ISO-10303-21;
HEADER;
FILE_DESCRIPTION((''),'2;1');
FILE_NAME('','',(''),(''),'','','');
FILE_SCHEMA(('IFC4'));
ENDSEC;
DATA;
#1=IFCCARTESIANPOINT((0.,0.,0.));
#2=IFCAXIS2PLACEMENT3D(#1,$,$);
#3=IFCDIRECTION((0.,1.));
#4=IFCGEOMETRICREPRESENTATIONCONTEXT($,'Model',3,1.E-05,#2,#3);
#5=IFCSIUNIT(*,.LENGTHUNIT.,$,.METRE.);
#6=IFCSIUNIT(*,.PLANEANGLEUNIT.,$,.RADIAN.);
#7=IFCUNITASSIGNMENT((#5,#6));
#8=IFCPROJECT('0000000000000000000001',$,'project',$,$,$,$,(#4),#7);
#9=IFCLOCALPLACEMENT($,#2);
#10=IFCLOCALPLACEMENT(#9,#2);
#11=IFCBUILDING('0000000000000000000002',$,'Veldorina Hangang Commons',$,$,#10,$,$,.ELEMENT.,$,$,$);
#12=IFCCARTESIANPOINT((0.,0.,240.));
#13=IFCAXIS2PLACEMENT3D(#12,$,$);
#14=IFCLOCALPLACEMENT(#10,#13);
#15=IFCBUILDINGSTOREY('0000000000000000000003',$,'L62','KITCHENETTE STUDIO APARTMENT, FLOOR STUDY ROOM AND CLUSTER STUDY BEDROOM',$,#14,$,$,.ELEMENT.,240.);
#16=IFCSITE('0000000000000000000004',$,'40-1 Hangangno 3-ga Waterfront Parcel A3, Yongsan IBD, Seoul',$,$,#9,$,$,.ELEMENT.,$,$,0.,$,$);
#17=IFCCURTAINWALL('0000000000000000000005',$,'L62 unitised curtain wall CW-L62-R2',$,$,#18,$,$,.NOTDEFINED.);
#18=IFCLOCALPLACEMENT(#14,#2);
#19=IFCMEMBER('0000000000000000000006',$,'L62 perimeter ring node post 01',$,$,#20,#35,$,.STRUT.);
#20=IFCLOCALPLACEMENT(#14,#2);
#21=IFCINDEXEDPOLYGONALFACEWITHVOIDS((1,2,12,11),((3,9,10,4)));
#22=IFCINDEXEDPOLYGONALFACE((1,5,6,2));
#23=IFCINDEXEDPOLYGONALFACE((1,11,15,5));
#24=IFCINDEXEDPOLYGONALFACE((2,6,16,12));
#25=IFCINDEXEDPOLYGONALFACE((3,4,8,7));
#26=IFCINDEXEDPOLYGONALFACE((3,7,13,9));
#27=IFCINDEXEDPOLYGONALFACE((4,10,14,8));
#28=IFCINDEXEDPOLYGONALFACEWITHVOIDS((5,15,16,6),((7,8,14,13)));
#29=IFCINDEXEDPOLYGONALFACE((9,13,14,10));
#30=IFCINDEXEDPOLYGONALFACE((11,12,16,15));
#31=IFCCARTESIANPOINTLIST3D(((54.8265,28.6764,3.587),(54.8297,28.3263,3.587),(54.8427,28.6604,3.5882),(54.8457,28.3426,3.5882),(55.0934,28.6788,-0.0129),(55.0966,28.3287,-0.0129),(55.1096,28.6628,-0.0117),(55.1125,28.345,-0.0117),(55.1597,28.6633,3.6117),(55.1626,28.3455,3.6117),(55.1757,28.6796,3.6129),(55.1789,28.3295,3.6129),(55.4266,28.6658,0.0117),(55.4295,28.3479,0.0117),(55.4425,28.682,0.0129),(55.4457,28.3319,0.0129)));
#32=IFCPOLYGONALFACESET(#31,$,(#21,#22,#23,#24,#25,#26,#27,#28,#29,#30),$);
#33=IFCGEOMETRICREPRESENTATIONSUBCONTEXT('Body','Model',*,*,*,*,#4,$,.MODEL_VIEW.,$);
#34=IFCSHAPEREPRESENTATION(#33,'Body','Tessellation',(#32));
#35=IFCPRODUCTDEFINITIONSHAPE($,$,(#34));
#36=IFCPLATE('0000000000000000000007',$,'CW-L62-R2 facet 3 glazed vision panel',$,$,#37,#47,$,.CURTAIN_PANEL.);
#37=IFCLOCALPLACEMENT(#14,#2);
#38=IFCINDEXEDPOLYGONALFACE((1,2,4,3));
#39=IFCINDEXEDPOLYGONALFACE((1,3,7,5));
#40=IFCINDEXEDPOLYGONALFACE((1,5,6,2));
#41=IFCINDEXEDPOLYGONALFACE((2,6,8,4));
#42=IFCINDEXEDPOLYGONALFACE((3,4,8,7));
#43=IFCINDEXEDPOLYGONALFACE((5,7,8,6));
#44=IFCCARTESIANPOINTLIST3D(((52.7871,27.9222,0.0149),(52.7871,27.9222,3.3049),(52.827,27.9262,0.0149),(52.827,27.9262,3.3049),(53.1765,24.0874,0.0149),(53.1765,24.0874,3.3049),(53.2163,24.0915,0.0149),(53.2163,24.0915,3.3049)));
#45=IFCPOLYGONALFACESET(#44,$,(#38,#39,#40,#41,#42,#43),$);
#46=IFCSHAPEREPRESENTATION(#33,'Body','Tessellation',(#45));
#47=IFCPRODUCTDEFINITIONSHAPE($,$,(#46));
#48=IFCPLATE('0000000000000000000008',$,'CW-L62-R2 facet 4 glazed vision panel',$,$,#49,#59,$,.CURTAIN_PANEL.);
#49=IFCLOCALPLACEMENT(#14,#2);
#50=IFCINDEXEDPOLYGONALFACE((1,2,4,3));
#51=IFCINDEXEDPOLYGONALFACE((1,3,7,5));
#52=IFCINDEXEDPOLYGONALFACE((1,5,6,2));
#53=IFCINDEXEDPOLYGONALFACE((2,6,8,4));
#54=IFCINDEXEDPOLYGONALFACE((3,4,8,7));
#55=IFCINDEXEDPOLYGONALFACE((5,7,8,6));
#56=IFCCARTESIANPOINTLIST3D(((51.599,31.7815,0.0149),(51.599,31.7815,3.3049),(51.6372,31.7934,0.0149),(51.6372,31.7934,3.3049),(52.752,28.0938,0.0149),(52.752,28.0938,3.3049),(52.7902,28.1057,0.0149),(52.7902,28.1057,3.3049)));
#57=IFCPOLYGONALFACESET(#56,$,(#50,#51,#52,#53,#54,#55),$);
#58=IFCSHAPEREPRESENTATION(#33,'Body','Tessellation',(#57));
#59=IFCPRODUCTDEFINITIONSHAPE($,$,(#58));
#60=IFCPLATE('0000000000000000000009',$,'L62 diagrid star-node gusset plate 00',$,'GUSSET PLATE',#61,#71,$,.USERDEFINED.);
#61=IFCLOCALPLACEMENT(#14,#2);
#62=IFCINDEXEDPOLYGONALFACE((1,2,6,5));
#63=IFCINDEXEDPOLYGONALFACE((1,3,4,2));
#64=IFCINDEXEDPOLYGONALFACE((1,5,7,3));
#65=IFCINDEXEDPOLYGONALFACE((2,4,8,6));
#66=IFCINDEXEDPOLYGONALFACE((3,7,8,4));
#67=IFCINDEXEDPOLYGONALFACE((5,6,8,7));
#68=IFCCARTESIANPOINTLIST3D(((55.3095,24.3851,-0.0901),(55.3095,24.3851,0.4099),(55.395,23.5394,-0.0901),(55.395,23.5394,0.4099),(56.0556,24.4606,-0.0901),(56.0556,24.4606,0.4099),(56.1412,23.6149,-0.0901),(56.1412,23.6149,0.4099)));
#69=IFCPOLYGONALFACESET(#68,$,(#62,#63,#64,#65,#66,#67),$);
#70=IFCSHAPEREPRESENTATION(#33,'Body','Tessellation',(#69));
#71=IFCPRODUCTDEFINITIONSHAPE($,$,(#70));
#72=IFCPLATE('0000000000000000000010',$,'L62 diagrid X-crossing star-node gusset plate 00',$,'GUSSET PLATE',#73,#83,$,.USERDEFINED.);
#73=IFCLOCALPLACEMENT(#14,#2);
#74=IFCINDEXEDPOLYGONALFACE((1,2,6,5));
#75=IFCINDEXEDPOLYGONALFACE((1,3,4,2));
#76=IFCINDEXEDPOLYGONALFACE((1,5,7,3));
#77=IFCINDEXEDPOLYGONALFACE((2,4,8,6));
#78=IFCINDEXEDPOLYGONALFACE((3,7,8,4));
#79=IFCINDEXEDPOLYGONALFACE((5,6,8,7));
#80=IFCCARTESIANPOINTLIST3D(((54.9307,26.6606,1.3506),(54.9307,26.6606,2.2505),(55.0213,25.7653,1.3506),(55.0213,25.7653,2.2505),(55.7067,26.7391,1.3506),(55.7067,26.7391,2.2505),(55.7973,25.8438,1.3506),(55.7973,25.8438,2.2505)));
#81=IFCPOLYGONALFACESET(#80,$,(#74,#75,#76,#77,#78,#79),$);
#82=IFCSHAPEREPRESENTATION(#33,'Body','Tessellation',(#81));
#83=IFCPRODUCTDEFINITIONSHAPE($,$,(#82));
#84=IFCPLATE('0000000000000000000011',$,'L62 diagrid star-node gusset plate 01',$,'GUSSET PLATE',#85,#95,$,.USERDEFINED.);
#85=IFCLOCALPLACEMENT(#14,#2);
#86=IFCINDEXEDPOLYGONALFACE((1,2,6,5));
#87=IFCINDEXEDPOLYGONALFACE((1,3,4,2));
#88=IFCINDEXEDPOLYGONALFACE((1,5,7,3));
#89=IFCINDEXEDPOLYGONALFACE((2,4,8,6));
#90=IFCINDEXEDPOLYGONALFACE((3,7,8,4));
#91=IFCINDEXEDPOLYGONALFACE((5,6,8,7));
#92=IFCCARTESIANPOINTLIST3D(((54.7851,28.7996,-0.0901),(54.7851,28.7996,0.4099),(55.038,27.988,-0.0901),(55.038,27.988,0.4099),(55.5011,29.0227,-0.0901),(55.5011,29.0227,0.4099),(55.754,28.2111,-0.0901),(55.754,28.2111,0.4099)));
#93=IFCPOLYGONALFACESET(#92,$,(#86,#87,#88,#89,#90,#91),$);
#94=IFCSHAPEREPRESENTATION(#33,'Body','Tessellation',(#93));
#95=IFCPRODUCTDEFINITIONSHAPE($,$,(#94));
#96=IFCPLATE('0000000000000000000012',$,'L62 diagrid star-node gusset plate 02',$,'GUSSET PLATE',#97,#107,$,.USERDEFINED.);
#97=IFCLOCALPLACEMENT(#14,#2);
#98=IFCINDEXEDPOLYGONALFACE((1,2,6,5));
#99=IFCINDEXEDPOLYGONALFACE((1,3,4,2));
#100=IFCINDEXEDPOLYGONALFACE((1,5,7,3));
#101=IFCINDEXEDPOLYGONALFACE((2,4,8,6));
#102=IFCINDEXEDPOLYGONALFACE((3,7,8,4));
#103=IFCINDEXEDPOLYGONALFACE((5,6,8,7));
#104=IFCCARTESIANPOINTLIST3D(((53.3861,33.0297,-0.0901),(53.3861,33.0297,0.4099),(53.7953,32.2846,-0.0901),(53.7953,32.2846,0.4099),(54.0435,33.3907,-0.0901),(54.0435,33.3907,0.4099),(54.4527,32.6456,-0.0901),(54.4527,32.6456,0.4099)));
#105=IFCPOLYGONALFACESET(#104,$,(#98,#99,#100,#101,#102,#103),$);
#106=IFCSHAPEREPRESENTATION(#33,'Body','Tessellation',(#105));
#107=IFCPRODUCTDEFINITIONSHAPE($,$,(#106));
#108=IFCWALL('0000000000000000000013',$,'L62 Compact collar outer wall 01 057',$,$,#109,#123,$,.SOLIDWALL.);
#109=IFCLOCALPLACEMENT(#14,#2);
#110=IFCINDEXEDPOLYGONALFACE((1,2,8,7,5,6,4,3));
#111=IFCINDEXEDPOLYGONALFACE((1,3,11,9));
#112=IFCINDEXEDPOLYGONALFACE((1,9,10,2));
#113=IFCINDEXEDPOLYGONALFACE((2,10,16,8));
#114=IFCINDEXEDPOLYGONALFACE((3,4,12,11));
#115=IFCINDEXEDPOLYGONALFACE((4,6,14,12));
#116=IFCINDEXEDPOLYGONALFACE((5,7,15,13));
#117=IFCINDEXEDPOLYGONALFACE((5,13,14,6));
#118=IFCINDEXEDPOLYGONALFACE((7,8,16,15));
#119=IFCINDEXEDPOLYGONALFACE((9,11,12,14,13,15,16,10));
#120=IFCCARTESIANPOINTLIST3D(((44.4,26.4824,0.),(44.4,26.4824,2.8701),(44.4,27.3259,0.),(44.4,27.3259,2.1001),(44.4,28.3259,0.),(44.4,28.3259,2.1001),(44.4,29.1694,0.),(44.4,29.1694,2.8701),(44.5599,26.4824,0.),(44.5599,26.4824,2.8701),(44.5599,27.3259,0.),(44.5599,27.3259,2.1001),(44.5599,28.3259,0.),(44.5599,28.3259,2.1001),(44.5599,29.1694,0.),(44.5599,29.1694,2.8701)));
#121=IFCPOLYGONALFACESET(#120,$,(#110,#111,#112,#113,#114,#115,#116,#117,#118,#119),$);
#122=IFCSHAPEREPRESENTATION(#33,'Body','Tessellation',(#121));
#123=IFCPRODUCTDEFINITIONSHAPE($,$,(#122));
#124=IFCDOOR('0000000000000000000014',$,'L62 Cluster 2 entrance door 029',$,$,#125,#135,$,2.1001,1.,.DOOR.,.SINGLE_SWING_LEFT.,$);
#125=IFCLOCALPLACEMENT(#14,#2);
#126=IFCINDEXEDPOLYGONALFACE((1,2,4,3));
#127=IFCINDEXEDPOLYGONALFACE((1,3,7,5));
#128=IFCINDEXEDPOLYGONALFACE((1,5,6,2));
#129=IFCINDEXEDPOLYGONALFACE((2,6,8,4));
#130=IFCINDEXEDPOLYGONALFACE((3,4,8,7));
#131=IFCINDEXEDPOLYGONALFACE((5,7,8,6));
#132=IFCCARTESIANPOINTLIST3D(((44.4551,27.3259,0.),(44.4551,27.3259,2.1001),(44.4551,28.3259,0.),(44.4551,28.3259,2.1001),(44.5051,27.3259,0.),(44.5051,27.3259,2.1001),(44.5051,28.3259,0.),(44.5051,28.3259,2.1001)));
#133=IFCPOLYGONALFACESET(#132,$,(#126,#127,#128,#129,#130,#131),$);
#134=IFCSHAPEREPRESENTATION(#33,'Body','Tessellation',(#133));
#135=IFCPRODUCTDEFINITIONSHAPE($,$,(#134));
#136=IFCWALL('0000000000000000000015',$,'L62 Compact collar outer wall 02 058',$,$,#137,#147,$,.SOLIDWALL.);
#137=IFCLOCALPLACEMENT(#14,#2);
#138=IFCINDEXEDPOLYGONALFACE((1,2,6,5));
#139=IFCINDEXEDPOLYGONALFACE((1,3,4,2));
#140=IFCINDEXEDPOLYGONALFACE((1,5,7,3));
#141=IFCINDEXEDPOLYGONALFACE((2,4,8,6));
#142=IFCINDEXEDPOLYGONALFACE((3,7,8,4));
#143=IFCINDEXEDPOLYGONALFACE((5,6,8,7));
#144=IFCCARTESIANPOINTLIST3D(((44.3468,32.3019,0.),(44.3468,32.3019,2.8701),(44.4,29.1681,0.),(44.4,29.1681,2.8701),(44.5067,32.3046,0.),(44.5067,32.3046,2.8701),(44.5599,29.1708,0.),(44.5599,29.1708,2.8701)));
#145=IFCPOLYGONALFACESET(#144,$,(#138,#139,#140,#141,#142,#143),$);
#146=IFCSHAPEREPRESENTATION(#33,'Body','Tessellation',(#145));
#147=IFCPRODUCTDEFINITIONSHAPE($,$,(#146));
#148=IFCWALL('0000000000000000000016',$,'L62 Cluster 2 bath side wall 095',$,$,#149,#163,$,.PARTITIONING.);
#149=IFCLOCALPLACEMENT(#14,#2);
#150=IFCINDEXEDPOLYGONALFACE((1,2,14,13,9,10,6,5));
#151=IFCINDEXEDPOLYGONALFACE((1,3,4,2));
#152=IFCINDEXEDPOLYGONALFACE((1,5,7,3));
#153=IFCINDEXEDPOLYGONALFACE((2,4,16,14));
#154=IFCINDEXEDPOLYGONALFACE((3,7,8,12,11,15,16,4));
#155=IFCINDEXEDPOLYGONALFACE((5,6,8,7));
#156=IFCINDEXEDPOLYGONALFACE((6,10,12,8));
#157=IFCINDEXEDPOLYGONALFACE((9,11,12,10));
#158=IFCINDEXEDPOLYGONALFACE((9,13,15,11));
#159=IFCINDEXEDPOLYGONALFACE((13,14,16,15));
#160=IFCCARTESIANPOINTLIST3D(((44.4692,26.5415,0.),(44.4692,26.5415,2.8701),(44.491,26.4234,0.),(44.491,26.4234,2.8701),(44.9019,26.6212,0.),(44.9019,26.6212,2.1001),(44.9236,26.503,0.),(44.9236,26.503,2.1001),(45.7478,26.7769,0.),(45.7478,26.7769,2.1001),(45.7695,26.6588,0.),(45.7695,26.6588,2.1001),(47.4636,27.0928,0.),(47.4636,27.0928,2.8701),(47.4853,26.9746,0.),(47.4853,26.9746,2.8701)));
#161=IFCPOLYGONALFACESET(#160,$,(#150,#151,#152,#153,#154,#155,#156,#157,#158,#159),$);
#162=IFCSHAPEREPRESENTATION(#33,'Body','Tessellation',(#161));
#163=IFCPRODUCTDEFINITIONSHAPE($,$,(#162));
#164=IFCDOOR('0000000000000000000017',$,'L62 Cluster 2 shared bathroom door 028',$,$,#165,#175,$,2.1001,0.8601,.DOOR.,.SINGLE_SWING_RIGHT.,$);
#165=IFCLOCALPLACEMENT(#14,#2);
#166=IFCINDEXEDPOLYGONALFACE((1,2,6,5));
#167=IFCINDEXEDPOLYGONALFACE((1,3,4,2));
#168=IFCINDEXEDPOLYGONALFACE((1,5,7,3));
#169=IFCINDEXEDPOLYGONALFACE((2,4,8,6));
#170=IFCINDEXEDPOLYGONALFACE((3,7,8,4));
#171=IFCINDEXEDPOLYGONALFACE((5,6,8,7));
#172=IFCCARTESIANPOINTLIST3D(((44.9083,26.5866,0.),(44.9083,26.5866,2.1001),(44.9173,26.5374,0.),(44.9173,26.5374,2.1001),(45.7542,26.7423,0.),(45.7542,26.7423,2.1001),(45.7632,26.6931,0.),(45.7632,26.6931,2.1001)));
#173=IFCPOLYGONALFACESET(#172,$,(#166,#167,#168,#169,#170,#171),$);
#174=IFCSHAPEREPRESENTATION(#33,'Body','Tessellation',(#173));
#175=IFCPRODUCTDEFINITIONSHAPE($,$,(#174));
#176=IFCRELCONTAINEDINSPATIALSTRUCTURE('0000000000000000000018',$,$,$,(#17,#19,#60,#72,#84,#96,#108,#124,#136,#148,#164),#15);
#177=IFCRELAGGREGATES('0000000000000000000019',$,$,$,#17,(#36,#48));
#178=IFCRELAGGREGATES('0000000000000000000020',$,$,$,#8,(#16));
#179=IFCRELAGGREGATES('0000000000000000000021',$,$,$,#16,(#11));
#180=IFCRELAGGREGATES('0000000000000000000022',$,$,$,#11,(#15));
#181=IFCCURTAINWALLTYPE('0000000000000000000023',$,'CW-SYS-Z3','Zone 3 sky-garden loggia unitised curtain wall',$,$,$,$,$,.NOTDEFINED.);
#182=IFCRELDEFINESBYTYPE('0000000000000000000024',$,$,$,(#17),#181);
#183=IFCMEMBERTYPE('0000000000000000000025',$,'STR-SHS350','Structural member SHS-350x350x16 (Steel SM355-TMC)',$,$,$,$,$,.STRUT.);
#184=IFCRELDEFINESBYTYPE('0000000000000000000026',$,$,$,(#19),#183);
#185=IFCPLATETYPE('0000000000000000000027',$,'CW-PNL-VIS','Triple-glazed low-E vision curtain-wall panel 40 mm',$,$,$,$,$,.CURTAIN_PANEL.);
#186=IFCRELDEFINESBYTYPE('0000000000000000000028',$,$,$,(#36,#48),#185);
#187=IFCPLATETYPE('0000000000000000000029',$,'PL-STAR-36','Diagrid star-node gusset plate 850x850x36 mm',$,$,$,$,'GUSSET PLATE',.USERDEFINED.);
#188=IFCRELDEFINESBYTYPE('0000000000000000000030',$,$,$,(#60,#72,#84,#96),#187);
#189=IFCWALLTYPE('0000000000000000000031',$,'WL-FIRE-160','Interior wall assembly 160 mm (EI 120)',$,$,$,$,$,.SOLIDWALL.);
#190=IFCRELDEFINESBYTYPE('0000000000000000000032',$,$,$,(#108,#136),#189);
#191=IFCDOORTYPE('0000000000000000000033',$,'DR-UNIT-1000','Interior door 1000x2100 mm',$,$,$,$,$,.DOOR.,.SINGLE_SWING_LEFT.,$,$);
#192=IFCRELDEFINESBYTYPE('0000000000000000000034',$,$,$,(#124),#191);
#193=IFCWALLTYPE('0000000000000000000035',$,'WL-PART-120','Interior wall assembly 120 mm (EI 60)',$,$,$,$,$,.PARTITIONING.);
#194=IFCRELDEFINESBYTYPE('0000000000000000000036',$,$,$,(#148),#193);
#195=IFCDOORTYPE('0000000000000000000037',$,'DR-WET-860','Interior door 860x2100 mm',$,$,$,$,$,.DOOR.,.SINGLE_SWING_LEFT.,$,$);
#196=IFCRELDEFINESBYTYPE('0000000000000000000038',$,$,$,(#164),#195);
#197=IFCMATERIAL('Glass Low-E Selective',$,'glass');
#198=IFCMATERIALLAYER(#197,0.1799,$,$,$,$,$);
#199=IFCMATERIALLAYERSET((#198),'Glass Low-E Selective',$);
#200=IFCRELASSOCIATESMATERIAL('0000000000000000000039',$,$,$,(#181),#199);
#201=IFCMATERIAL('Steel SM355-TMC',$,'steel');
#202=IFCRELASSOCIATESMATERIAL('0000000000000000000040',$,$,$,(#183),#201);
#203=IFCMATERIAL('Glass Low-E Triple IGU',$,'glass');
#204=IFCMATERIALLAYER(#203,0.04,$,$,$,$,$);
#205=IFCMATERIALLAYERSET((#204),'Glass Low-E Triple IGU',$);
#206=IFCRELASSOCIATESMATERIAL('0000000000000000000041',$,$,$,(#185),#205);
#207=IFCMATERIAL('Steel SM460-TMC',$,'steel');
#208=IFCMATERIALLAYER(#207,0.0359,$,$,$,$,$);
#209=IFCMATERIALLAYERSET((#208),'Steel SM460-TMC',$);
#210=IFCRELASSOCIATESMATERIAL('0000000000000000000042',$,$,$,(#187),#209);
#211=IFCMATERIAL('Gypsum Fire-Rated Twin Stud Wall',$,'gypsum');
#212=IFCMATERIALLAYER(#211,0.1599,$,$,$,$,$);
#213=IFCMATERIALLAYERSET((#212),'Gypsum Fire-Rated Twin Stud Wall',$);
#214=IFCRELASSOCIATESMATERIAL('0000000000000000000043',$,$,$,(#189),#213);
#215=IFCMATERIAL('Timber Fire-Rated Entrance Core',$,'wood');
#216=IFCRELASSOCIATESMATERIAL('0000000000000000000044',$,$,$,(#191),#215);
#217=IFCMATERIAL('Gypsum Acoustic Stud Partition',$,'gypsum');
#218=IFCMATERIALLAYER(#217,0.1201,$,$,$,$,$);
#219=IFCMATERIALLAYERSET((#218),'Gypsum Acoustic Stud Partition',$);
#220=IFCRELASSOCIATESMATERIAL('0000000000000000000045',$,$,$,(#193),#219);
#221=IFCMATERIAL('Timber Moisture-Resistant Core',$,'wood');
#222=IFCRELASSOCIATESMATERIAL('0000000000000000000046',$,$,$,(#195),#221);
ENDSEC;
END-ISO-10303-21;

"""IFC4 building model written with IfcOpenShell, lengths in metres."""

from ifc_helpers import new_model, si_unit, direction, frame, frame_2d, origin, origin_2d, place, context, subcontext, project, spatial, rectangle, hollow_rectangle, extrude, material, layer, layer_set, material_profile, profile_set, type_object, element, fill, aggregate, save


model = new_model("IFC4")

# Units and contexts
model_context = context("Model", 3, precision=1e-05, world=origin(), true_north=direction((0.0, 1.0)))
body_context = subcontext(model_context, "Body", "Model", "MODEL_VIEW")
ifc_project = project(units=[si_unit("LENGTHUNIT", "METRE"), si_unit("PLANEANGLEUNIT", "RADIAN")], contexts=[model_context])

# Site, building, storey
site_placement = place(None, origin())
site = spatial("IfcSite", under=ifc_project, at=site_placement, Name="40-1 Hangangno 3-ga Waterfront Parcel A3, Yongsan IBD, Seoul", CompositionType="ELEMENT", RefElevation=0.0)
building_placement = place(site_placement, origin())
building = spatial("IfcBuilding", under=site, at=building_placement, Name="Veldorina Hangang Commons", CompositionType="ELEMENT")
storey_placement = place(building_placement, frame((0.0, 0.0, 240.0)))
storey = spatial("IfcBuildingStorey", under=building, at=storey_placement, Name="L62", Description="KITCHENETTE STUDIO APARTMENT, FLOOR STUDY ROOM AND CLUSTER STUDY BEDROOM", CompositionType="ELEMENT", Elevation=240.0)

# Shared definitions
ifc_material_1 = material(Name="Steel SM355-TMC", Category="steel")

# Curtain wall
ifc_material_2 = material(Name="Glass Low-E Selective", Category="glass")
ifc_layer_1 = layer(ifc_material_2, 0.1799)
ifc_layer_set_1 = layer_set([ifc_layer_1], Name="Glass Low-E Selective")
curtain_wall_type = type_object("IfcCurtainWallType", Name="CW-SYS-Z3", Description="Zone 3 sky-garden loggia unitised curtain wall", PredefinedType="NOTDEFINED", material=ifc_layer_set_1)
curtain_wall_placement = place(storey_placement, origin())
curtain_wall = element("IfcCurtainWall", 1, at=curtain_wall_placement, inside=storey, type_object=curtain_wall_type, Name="L62 unitised curtain wall CW-L62-R2", PredefinedType="NOTDEFINED")

# Member
ifc_material_profile_1 = material_profile(ifc_material_1, hollow_rectangle(XDim=0.3501, YDim=0.3501, WallThickness=0.0161, at=origin_2d()), Name="SHS-350x350x16")
ifc_profile_set_1 = profile_set([ifc_material_profile_1], Name="Steel SM355-TMC")
member_type_1 = type_object("IfcMemberType", Name="STR-SHS350", Description="Structural member SHS-350x350x16 (Steel SM355-TMC)", PredefinedType="STRUT", material=ifc_profile_set_1)
member_1_placement = place(storey_placement, frame((55.2695, 28.5054, 0.0), z_axis=(-0.073919, -0.000676, 0.997264), x_axis=(0.009149, -0.999958, 0.0)))
element("IfcMember", 2, at=member_1_placement, inside=storey, type_object=member_type_1, Name="L62 perimeter ring node post 01", PredefinedType="STRUT", context=body_context, shape_type="SweptSolid", body=[
    extrude(hollow_rectangle(XDim=0.3501, YDim=0.3501, WallThickness=0.0161, at=origin_2d()), origin(), (0.0, 0.0, 1.0), 3.6099),
])

# Plates
ifc_material_3 = material(Name="Glass Low-E Triple IGU", Category="glass")
ifc_layer_2 = layer(ifc_material_3, 0.04)
ifc_layer_set_2 = layer_set([ifc_layer_2], Name="Glass Low-E Triple IGU")
plate_type_1 = type_object("IfcPlateType", Name="CW-PNL-VIS", Description="Triple-glazed low-E vision curtain-wall panel 40 mm", PredefinedType="CURTAIN_PANEL", material=ifc_layer_set_2)
plate_1_placement = place(storey_placement, frame((53.0017, 26.0068, 0.0149), z_axis=(0.0, 0.0, 1.0), x_axis=(-0.101004, 0.994886, 0.0)))
plate_1 = element("IfcPlate", 3, at=plate_1_placement, type_object=plate_type_1, Name="CW-L62-R2 facet 3 glazed vision panel", PredefinedType="CURTAIN_PANEL", context=body_context, shape_type="SweptSolid", body=[
    extrude(rectangle(XDim=3.8545, YDim=0.04, at=origin_2d()), origin(), (0.0, 0.0, 1.0), 3.29),
])
plate_2_placement = place(storey_placement, frame((52.1946, 29.9436, 0.0149), z_axis=(0.0, 0.0, 1.0), x_axis=(-0.298408, 0.954438, 0.0)))
plate_2 = element("IfcPlate", 4, at=plate_2_placement, type_object=plate_type_1, Name="CW-L62-R2 facet 4 glazed vision panel", PredefinedType="CURTAIN_PANEL", context=body_context, shape_type="SweptSolid", body=[
    extrude(rectangle(XDim=3.8638, YDim=0.04, at=origin_2d()), origin(), (0.0, 0.0, 1.0), 3.29),
])
aggregate(curtain_wall, [plate_1, plate_2])

# Plates
ifc_material_4 = material(Name="Steel SM460-TMC", Category="steel")
ifc_layer_3 = layer(ifc_material_4, 0.0359)
ifc_layer_set_3 = layer_set([ifc_layer_3], Name="Steel SM460-TMC")
plate_type_2 = type_object("IfcPlateType", Name="PL-STAR-36", Description="Diagrid star-node gusset plate 850x850x36 mm", ElementType="GUSSET PLATE", PredefinedType="USERDEFINED", material=ifc_layer_set_3)
plate_3_placement = place(storey_placement, frame((55.7253, 24.0, -0.0901), z_axis=(0.0, 0.0, 1.0), x_axis=(-0.100674, 0.994919, 0.0)))
element("IfcPlate", 5, at=plate_3_placement, inside=storey, type_object=plate_type_2, Name="L62 diagrid star-node gusset plate 00", ObjectType="GUSSET PLATE", PredefinedType="USERDEFINED", context=body_context, shape_type="SweptSolid", body=[
    extrude(rectangle(XDim=0.8501, YDim=0.75, at=origin_2d()), origin(), (0.0, 0.0, 1.0), 0.5),
])
plate_4_placement = place(storey_placement, frame((55.364, 26.2522, 1.3506), z_axis=(0.0, 0.0, 1.0), x_axis=(-0.100674, 0.994919, 0.0)))
element("IfcPlate", 6, at=plate_4_placement, inside=storey, type_object=plate_type_2, Name="L62 diagrid X-crossing star-node gusset plate 00", ObjectType="GUSSET PLATE", PredefinedType="USERDEFINED", context=body_context, shape_type="SweptSolid", body=[
    extrude(rectangle(XDim=0.8999, YDim=0.78, at=origin_2d()), origin(), (0.0, 0.0, 1.0), 0.8999),
])
for number, where, z_axis, x_axis, name in (
    (7, (55.2695, 28.5054, -0.0901), (0.0, 0.0, 1.0), (-0.297525, 0.954714, 0.0), "L62 diagrid star-node gusset plate 01"),
    (8, (53.9194, 32.8376, -0.0901), (0.0, 0.0, 1.0), (-0.481341, 0.876534, 0.0), "L62 diagrid star-node gusset plate 02"),
):
    element("IfcPlate", number, at=place(storey_placement, frame(where, z_axis=z_axis, x_axis=x_axis)), inside=storey, type_object=plate_type_2, Name=name, ObjectType="GUSSET PLATE", PredefinedType="USERDEFINED", context=body_context, shape_type="SweptSolid", body=[
        extrude(rectangle(XDim=0.8501, YDim=0.75, at=origin_2d()), origin(), (0.0, 0.0, 1.0), 0.5),
    ])

# Wall, opening, door
ifc_material_5 = material(Name="Gypsum Fire-Rated Twin Stud Wall", Category="gypsum")
ifc_layer_4 = layer(ifc_material_5, 0.1599)
ifc_layer_set_4 = layer_set([ifc_layer_4], Name="Gypsum Fire-Rated Twin Stud Wall")
wall_type_1 = type_object("IfcWallType", Name="WL-FIRE-160", Description="Interior wall assembly 160 mm (EI 120)", PredefinedType="SOLIDWALL", material=ifc_layer_set_4)
wall_1_placement = place(storey_placement, frame((44.48, 26.4824, 0.0), z_axis=(0.0, 0.0, 1.0), x_axis=(0.0, 1.0, 0.0)))
wall_1 = element("IfcWall", 9, at=wall_1_placement, inside=storey, type_object=wall_type_1, Name="L62 Compact collar outer wall 01 057", PredefinedType="SOLIDWALL", context=body_context, shape_type="SweptSolid", body=[
    extrude(rectangle(XDim=2.687, YDim=0.1599, at=frame_2d((1.3435, 0.0))), origin(), (0.0, 0.0, 1.0), 2.8701),
])
opening_1_placement = place(wall_1_placement, frame((0.8435, 0.0, 0.0)))
opening_1 = element("IfcOpeningElement", 10, at=opening_1_placement, cuts=wall_1, PredefinedType="OPENING", context=body_context, shape_type="SweptSolid", body=[
    extrude(rectangle(XDim=1.0, YDim=2.1001, at=frame_2d((0.5, 1.05))), frame((0.0, 0.0898, 0.0), z_axis=(0.0, -1.0, 0.0), x_axis=(1.0, 0.0, 0.0)), (0.0, 0.0, 1.0), 0.1799),
])
ifc_material_6 = material(Name="Timber Fire-Rated Entrance Core", Category="wood")
door_type_1 = type_object("IfcDoorType", Name="DR-UNIT-1000", Description="Interior door 1000x2100 mm", OperationType="SINGLE_SWING_LEFT", PredefinedType="DOOR", material=ifc_material_6)
door_1_placement = place(opening_1_placement, origin())
door_1 = element("IfcDoor", 11, at=door_1_placement, inside=storey, type_object=door_type_1, Name="L62 Cluster 2 entrance door 029", OperationType="SINGLE_SWING_LEFT", OverallHeight=2.1001, OverallWidth=1.0, PredefinedType="DOOR", context=body_context, shape_type="SweptSolid", body=[
    extrude(rectangle(XDim=1.0, YDim=2.1001, at=frame_2d((0.5, 1.05))), frame((0.0, 0.0249, 0.0), z_axis=(0.0, -1.0, 0.0), x_axis=(1.0, 0.0, 0.0)), (0.0, 0.0, 1.0), 0.05),
])
fill(opening_1, door_1)

# Wall
wall_2_placement = place(storey_placement, frame((44.48, 29.1694, 0.0), z_axis=(0.0, 0.0, 1.0), x_axis=(-0.016981, 0.999856, 0.0)))
element("IfcWall", 12, at=wall_2_placement, inside=storey, type_object=wall_type_1, Name="L62 Compact collar outer wall 02 058", PredefinedType="SOLIDWALL", context=body_context, shape_type="SweptSolid", body=[
    extrude(rectangle(XDim=3.1343, YDim=0.1599, at=frame_2d((1.5671, 0.0))), origin(), (0.0, 0.0, 1.0), 2.8701),
])

# Wall, opening, door
ifc_material_7 = material(Name="Gypsum Acoustic Stud Partition", Category="gypsum")
ifc_layer_5 = layer(ifc_material_7, 0.1201)
ifc_layer_set_5 = layer_set([ifc_layer_5], Name="Gypsum Acoustic Stud Partition")
wall_type_2 = type_object("IfcWallType", Name="WL-PART-120", Description="Interior wall assembly 120 mm (EI 60)", PredefinedType="PARTITIONING", material=ifc_layer_set_5)
wall_3_placement = place(storey_placement, frame((44.48, 26.4824, 0.0), z_axis=(0.0, 0.0, 1.0), x_axis=(0.983472, 0.181058, 0.0)))
wall_3 = element("IfcWall", 13, at=wall_3_placement, inside=storey, type_object=wall_type_2, Name="L62 Cluster 2 bath side wall 095", PredefinedType="PARTITIONING", context=body_context, shape_type="SweptSolid", body=[
    extrude(rectangle(XDim=3.0447, YDim=0.1201, at=frame_2d((1.5225, 0.0))), origin(), (0.0, 0.0, 1.0), 2.8701),
])
opening_2_placement = place(wall_3_placement, frame((0.4399, 0.0, 0.0)))
opening_2 = element("IfcOpeningElement", 14, at=opening_2_placement, cuts=wall_3, PredefinedType="OPENING", context=body_context, shape_type="SweptSolid", body=[
    extrude(rectangle(XDim=0.8601, YDim=2.1001, at=frame_2d((0.4302, 1.05))), frame((0.0, 0.0701, 0.0), z_axis=(0.0, -1.0, 0.0), x_axis=(1.0, 0.0, 0.0)), (0.0, 0.0, 1.0), 0.1401),
])
ifc_material_8 = material(Name="Timber Moisture-Resistant Core", Category="wood")
door_type_2 = type_object("IfcDoorType", Name="DR-WET-860", Description="Interior door 860x2100 mm", OperationType="SINGLE_SWING_LEFT", PredefinedType="DOOR", material=ifc_material_8)
door_2_placement = place(opening_2_placement, origin())
door_2 = element("IfcDoor", 15, at=door_2_placement, inside=storey, type_object=door_type_2, Name="L62 Cluster 2 shared bathroom door 028", OperationType="SINGLE_SWING_RIGHT", OverallHeight=2.1001, OverallWidth=0.8601, PredefinedType="DOOR", context=body_context, shape_type="SweptSolid", body=[
    extrude(rectangle(XDim=0.8601, YDim=2.1001, at=frame_2d((0.4302, 1.05))), frame((0.0, 0.0249, 0.0), z_axis=(0.0, -1.0, 0.0), x_axis=(1.0, 0.0, 0.0)), (0.0, 0.0, 1.0), 0.05),
])
fill(opening_2, door_2)

save(model, "model.ifc")
